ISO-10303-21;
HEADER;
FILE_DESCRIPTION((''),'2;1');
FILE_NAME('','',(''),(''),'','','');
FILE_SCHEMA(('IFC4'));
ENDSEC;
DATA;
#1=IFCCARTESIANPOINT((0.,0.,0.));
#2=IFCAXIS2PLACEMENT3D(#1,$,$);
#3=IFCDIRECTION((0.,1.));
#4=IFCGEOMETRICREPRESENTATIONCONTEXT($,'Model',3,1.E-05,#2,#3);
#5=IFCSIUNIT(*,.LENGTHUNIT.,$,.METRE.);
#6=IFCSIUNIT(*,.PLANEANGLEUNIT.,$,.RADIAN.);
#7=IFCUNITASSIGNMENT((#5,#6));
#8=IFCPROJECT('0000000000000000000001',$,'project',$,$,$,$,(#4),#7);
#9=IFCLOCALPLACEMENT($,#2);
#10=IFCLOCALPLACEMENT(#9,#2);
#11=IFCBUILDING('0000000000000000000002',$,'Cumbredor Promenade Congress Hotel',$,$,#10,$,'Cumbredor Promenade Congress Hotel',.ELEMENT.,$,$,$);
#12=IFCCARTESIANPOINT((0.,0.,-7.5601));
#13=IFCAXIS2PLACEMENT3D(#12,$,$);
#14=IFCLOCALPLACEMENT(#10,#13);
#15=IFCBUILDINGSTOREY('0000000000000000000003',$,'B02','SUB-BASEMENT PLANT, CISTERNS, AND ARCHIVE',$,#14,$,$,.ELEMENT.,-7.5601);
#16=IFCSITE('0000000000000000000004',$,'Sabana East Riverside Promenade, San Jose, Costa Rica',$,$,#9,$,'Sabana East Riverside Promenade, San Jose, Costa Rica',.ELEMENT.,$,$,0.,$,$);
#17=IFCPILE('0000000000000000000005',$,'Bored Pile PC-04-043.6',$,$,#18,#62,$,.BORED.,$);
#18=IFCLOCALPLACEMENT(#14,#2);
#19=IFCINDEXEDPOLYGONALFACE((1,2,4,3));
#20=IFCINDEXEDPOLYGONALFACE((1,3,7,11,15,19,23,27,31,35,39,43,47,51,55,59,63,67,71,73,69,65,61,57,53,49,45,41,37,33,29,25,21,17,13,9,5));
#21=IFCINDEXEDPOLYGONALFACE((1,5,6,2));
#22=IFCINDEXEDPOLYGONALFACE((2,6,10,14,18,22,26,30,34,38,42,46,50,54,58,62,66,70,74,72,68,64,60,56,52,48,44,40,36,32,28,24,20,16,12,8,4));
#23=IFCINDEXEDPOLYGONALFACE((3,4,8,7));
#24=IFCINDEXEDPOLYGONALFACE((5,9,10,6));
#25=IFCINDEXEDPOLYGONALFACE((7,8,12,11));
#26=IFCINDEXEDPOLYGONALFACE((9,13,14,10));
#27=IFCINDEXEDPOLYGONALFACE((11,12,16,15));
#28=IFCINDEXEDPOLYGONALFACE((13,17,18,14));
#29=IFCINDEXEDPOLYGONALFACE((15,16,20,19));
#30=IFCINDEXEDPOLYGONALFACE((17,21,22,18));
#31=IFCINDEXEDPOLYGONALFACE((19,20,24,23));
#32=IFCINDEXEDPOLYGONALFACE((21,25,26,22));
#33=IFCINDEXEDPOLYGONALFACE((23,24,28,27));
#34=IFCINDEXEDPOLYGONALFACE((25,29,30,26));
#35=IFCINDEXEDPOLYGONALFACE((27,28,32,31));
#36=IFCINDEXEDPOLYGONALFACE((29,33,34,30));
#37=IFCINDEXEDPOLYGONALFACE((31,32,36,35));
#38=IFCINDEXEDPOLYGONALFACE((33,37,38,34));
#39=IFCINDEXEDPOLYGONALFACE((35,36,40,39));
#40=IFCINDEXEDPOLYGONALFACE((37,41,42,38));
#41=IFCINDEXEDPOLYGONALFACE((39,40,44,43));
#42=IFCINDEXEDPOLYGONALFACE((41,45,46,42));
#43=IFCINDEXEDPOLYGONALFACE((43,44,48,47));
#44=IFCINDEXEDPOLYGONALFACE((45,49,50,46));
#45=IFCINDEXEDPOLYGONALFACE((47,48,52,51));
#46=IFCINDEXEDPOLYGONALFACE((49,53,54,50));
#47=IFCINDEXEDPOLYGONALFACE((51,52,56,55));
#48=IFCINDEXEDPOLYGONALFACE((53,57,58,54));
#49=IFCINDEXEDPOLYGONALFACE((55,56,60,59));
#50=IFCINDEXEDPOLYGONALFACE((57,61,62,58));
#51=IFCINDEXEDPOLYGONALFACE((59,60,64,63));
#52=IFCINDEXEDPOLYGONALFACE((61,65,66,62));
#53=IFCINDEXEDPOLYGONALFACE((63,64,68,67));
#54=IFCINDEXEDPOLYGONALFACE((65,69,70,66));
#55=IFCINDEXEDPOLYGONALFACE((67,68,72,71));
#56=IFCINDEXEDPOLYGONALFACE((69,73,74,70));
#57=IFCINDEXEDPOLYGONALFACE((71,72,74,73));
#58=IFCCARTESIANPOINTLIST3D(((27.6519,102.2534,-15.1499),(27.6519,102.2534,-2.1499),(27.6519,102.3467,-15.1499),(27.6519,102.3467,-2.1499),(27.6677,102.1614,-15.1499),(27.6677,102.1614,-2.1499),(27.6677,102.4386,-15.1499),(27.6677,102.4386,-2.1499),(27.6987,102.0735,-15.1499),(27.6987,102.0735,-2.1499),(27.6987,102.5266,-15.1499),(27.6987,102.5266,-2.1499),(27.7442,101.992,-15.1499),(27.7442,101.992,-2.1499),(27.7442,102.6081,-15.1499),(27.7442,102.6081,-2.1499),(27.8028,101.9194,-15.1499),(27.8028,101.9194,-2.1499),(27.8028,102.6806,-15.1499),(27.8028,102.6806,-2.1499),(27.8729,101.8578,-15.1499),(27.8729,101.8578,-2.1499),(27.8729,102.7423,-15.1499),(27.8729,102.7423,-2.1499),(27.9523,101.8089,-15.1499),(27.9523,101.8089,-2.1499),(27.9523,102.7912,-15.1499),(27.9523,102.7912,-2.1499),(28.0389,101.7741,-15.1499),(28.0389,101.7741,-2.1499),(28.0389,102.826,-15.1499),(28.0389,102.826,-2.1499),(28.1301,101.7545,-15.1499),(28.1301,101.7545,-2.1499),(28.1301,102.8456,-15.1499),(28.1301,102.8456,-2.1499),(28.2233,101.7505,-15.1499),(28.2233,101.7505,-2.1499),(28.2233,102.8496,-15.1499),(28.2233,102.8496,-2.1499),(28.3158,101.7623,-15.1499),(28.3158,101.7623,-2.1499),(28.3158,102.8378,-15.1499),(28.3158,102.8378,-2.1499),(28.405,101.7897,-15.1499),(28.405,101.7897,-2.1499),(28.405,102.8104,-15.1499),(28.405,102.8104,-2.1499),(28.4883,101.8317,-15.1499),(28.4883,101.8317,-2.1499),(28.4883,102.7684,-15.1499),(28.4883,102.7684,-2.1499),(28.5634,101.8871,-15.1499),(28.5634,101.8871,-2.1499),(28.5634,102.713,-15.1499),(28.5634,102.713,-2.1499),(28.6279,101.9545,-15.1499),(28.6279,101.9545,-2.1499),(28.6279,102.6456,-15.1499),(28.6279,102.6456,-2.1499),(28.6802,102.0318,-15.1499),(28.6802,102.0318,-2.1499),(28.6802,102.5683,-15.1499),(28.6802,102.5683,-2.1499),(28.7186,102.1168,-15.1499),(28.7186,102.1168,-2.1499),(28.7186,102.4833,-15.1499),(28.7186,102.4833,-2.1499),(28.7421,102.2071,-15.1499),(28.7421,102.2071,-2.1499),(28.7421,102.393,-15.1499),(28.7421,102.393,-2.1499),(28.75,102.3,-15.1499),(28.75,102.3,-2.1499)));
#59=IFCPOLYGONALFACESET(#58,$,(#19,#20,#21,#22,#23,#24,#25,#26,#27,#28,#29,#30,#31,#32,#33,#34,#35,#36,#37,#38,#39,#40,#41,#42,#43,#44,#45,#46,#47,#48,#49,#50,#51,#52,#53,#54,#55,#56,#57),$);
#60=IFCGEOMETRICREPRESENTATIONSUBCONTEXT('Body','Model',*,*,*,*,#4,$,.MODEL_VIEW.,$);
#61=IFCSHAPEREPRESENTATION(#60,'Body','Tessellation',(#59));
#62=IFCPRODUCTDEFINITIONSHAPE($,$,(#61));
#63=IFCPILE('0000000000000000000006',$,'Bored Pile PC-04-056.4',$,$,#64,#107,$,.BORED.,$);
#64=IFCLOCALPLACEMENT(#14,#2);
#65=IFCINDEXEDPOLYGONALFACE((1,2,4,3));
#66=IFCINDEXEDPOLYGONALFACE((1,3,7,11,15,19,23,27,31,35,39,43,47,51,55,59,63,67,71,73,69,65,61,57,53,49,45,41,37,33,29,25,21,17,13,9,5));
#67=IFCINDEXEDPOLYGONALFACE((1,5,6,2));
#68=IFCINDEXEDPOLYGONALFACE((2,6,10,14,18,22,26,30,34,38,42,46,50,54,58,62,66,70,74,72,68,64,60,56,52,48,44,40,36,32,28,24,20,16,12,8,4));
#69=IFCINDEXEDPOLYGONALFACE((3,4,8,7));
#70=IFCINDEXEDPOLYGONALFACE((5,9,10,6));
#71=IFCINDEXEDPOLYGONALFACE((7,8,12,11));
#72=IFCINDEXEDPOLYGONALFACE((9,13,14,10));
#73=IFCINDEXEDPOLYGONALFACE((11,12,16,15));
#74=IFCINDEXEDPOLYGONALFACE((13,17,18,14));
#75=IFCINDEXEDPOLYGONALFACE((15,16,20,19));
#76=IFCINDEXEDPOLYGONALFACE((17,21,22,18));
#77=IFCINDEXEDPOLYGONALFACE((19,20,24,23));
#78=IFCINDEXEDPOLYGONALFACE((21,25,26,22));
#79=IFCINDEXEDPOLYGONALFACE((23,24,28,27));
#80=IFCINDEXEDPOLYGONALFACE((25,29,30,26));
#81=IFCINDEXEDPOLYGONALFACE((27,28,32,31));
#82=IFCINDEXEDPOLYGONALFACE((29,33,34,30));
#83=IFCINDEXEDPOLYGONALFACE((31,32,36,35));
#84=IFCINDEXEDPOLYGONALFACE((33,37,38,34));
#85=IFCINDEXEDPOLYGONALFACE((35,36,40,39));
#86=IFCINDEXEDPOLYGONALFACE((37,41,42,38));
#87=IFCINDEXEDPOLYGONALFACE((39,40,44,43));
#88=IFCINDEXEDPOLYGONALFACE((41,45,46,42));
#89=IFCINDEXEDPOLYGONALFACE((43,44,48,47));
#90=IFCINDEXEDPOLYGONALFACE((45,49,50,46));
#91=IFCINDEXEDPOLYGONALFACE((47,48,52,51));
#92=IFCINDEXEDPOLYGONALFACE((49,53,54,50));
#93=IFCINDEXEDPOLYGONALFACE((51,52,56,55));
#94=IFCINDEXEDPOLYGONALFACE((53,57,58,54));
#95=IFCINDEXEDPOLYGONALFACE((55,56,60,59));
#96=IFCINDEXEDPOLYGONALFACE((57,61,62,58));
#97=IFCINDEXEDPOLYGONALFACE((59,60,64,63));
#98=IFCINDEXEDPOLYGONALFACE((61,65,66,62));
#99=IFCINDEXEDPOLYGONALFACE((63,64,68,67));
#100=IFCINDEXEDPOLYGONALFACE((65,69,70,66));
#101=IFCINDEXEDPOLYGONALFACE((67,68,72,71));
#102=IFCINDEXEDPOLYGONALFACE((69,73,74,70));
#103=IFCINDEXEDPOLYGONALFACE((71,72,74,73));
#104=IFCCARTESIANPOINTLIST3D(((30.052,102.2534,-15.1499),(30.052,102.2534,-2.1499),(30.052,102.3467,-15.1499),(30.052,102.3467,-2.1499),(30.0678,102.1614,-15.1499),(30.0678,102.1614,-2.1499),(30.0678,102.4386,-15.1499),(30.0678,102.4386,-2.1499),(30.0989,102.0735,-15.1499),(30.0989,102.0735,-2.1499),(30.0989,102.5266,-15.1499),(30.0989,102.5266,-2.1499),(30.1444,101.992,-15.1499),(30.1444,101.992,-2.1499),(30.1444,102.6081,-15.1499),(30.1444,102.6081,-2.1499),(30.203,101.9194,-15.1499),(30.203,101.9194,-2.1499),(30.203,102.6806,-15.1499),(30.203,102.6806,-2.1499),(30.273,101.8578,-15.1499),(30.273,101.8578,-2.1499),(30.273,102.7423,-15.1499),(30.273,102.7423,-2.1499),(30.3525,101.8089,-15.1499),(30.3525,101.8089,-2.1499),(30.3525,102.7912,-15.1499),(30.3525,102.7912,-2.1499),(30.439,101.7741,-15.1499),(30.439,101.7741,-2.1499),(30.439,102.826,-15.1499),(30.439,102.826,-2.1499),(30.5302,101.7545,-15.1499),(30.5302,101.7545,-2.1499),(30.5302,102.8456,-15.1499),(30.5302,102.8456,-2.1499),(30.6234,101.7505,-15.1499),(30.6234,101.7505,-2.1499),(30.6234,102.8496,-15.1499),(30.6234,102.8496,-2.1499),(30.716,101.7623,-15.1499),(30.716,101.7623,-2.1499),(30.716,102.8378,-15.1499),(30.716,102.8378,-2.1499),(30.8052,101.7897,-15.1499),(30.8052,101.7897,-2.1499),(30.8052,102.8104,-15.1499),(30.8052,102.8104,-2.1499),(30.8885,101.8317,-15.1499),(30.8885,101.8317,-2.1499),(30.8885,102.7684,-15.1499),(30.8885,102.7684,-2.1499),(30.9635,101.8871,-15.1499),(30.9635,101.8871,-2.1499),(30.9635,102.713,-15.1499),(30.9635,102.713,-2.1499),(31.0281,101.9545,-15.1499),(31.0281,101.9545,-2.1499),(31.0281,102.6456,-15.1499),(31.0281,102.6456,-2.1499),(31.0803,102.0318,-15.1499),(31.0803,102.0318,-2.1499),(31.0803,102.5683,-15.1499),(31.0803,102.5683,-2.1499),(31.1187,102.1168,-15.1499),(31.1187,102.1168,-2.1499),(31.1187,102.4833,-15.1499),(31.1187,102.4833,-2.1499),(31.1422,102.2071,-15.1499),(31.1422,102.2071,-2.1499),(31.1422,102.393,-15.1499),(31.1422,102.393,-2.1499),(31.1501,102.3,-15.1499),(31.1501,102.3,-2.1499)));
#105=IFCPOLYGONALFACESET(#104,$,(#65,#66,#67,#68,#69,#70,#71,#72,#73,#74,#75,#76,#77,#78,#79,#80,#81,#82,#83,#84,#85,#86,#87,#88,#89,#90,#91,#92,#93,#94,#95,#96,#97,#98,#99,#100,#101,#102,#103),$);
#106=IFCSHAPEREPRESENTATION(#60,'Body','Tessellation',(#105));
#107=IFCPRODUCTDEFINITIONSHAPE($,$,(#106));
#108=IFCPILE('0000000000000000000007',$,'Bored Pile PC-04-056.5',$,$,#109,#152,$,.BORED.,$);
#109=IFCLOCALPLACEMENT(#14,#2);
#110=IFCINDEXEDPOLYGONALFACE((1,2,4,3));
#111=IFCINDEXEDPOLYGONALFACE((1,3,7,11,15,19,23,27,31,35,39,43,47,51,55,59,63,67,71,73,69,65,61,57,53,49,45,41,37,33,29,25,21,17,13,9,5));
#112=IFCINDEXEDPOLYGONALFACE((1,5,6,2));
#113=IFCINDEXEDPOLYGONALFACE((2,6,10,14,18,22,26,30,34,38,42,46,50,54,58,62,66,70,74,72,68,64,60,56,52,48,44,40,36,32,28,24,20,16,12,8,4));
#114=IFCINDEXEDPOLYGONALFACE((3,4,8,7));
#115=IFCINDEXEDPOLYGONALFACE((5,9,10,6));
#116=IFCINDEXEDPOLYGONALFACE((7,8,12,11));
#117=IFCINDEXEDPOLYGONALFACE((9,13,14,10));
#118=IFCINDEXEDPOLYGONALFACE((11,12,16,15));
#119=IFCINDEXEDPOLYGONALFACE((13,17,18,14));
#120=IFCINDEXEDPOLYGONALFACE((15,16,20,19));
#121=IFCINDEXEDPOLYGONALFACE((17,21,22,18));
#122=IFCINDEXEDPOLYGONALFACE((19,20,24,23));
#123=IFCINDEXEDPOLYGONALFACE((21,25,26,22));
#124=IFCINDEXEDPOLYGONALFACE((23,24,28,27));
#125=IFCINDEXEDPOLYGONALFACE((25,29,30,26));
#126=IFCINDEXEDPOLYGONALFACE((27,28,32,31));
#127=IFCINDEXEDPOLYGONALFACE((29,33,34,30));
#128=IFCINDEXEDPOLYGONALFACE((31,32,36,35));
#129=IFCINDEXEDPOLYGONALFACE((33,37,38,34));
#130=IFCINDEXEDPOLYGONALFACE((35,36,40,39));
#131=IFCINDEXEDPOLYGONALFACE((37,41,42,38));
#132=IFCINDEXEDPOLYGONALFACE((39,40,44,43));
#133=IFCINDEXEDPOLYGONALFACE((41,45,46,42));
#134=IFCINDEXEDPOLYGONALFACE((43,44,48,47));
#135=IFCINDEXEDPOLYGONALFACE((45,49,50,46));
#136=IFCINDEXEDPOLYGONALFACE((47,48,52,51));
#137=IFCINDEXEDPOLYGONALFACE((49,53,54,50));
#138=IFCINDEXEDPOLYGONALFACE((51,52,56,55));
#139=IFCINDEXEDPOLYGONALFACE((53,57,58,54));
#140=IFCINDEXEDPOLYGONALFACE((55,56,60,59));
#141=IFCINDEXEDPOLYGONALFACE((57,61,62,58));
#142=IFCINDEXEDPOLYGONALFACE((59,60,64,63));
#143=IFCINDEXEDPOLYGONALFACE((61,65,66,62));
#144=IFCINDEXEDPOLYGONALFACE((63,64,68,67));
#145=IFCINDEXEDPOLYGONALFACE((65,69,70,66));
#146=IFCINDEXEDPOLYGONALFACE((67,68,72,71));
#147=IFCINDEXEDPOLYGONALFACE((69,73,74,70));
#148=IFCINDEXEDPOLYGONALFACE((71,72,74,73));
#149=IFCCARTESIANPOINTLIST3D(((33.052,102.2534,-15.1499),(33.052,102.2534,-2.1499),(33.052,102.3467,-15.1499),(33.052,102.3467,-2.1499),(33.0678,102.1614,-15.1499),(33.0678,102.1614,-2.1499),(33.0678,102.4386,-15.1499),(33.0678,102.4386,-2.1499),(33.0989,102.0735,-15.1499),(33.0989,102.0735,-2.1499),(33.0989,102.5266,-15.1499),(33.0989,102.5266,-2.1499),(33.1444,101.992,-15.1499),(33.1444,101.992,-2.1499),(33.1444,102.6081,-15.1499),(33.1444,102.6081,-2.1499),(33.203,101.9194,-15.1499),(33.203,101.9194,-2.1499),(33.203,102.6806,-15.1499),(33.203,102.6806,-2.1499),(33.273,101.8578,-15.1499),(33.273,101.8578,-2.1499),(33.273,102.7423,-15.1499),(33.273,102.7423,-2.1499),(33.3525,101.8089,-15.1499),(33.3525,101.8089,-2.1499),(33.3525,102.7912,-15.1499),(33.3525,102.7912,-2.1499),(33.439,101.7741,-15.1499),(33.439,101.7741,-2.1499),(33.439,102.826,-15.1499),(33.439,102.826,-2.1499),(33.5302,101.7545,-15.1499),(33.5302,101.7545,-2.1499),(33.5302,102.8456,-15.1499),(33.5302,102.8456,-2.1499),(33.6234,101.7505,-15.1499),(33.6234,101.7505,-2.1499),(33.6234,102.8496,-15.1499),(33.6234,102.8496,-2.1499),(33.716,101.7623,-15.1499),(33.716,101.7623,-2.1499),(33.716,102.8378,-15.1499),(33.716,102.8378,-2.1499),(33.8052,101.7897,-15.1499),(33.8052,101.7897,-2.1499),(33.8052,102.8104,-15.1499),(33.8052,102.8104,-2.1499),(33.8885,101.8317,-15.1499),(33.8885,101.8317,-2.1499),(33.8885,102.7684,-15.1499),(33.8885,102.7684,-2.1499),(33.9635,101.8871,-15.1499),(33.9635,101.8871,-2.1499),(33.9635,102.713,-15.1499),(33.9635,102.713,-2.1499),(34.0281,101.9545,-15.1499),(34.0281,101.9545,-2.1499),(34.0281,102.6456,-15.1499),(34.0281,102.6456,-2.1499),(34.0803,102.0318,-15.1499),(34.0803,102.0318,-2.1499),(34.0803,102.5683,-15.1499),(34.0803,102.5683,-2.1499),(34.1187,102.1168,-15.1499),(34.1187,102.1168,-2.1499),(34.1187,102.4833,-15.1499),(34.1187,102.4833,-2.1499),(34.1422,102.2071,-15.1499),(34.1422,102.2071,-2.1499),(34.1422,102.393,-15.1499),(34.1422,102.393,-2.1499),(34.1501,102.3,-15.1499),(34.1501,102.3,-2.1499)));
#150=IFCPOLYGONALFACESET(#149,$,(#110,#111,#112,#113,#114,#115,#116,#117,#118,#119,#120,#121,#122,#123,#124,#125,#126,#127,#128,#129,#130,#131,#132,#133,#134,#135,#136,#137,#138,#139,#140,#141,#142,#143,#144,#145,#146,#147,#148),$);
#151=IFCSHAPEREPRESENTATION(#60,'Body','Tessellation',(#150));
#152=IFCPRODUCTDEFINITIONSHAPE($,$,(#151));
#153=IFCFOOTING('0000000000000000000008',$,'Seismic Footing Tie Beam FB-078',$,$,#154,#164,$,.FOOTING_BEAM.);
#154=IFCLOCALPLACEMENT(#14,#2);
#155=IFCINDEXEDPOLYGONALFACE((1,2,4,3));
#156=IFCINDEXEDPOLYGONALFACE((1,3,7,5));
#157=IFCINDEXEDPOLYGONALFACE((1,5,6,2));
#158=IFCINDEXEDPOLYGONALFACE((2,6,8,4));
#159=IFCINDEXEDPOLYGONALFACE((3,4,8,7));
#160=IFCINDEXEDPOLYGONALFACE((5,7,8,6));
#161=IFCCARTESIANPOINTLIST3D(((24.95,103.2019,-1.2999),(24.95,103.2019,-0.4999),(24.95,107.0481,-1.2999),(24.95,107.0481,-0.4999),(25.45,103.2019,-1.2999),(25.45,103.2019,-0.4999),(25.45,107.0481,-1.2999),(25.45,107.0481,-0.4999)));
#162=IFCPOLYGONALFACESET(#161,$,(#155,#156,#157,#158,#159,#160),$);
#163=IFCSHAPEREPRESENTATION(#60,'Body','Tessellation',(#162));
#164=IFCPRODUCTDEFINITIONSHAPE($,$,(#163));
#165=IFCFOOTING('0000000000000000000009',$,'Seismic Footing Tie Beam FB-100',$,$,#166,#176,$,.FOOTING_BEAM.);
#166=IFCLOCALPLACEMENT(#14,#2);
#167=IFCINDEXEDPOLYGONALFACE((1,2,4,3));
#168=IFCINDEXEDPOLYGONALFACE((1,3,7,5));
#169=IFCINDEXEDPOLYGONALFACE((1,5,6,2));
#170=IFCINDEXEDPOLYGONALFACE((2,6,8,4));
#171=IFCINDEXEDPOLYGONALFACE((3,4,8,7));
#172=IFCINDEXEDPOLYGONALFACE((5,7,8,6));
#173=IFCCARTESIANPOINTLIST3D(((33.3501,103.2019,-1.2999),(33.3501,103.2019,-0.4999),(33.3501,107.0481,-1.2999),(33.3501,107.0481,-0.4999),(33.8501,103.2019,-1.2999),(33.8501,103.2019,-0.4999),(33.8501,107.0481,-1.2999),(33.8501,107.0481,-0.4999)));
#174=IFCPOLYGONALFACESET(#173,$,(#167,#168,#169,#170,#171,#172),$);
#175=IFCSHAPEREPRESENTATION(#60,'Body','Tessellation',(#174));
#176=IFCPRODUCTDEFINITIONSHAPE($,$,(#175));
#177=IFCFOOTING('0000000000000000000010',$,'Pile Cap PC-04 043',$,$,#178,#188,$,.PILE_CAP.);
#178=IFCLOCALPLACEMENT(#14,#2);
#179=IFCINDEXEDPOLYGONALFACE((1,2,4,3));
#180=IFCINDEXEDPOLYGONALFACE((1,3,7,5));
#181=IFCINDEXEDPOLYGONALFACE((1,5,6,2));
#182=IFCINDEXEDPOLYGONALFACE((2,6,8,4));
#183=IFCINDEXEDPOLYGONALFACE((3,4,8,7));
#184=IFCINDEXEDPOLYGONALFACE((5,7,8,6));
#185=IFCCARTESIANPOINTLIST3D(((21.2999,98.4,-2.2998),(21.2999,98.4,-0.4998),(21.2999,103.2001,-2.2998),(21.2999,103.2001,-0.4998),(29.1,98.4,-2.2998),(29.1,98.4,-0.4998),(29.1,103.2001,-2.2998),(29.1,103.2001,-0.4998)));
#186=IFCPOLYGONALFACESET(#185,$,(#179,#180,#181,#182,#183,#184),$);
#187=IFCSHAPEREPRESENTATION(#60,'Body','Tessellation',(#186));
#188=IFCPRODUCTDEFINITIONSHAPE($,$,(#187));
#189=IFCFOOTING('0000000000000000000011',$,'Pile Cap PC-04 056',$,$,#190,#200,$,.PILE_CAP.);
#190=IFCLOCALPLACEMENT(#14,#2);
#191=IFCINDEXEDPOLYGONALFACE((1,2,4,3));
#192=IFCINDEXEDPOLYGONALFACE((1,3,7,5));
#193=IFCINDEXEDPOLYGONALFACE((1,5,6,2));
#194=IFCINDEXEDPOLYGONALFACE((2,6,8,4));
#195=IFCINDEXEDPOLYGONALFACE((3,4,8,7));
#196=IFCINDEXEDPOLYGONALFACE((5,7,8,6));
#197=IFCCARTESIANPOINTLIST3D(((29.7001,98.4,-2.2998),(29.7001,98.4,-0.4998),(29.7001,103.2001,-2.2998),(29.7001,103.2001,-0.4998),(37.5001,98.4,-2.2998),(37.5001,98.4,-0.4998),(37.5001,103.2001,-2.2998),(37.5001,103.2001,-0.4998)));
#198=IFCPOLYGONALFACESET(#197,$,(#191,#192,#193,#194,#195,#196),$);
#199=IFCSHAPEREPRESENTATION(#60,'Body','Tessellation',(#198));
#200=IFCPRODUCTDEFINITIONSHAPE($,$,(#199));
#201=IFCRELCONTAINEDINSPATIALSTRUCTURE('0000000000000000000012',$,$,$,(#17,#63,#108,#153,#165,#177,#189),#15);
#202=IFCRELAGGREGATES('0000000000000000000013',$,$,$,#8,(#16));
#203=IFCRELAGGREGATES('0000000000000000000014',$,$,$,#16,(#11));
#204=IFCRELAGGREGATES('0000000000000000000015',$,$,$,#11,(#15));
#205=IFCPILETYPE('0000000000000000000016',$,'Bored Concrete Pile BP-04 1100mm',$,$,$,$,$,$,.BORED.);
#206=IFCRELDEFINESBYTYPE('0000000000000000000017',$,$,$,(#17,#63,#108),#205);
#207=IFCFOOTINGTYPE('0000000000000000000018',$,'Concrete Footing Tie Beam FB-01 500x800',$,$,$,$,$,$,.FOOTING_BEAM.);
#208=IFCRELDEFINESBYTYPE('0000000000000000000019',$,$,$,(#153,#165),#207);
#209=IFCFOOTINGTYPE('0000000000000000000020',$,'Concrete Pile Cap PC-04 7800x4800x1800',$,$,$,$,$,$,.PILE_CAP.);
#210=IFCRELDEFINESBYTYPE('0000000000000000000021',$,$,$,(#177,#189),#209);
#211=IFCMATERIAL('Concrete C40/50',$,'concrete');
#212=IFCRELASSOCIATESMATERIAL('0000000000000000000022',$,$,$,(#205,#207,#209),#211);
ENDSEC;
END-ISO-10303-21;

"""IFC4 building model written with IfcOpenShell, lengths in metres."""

from ifc_helpers import new_model, si_unit, direction, frame, origin, origin_2d, place, context, subcontext, project, spatial, rectangle, circle, extrude, material, material_profile, profile_set, type_object, element, save


model = new_model("IFC4")

# Units and contexts
model_context = context("Model", 3, precision=1e-05, world=origin(), true_north=direction((0.0, 1.0)))
body_context = subcontext(model_context, "Body", "Model", "MODEL_VIEW")
ifc_project = project(units=[si_unit("LENGTHUNIT", "METRE"), si_unit("PLANEANGLEUNIT", "RADIAN")], contexts=[model_context])

# Site, building, storey
site_placement = place(None, origin())
site = spatial("IfcSite", under=ifc_project, at=site_placement, Name="Sabana East Riverside Promenade, San Jose, Costa Rica", LongName="Sabana East Riverside Promenade, San Jose, Costa Rica", CompositionType="ELEMENT", RefElevation=0.0)
building_placement = place(site_placement, origin())
building = spatial("IfcBuilding", under=site, at=building_placement, Name="Cumbredor Promenade Congress Hotel", LongName="Cumbredor Promenade Congress Hotel", CompositionType="ELEMENT")
storey_placement = place(building_placement, frame((0.0, 0.0, -7.5601)))
storey = spatial("IfcBuildingStorey", under=building, at=storey_placement, Name="B02", Description="SUB-BASEMENT PLANT, CISTERNS, AND ARCHIVE", CompositionType="ELEMENT", Elevation=-7.5601)

# Piles
ifc_material_1 = material(Name="Concrete C40/50", Category="concrete")
ifc_material_profile_1 = material_profile(ifc_material_1, circle(Radius=0.55, at=origin_2d()), Name="PILE D1100")
ifc_profile_set_1 = profile_set([ifc_material_profile_1], Name="Concrete C40/50")
pile_type_1 = type_object("IfcPileType", Name="Bored Concrete Pile BP-04 1100mm", PredefinedType="BORED", material=ifc_profile_set_1)
for number, where, z_axis, x_axis, name in (
    (1, (28.2, 102.3, -2.1499), (0.0, 0.0, -1.0), (1.0, 0.0, 0.0), "Bored Pile PC-04-043.6"),
    (2, (30.6001, 102.3, -2.1499), (0.0, 0.0, -1.0), (1.0, 0.0, 0.0), "Bored Pile PC-04-056.4"),
    (3, (33.6001, 102.3, -2.1499), (0.0, 0.0, -1.0), (1.0, 0.0, 0.0), "Bored Pile PC-04-056.5"),
):
    element("IfcPile", number, at=place(storey_placement, frame(where, z_axis=z_axis, x_axis=x_axis)), inside=storey, type_object=pile_type_1, Name=name, PredefinedType="BORED", context=body_context, shape_type="SweptSolid", body=[
        extrude(circle(Radius=0.55, at=origin_2d()), origin(), (0.0, 0.0, 1.0), 13.0),
    ])

# Footings
ifc_material_profile_2 = material_profile(ifc_material_1, rectangle(XDim=0.5, YDim=0.8, at=origin_2d()), Name="FB 500x800")
ifc_profile_set_2 = profile_set([ifc_material_profile_2], Name="Concrete C40/50")
footing_type_1 = type_object("IfcFootingType", Name="Concrete Footing Tie Beam FB-01 500x800", PredefinedType="FOOTING_BEAM", material=ifc_profile_set_2)
for number, where, z_axis, x_axis, name in (
    (4, (25.2, 103.2019, -0.8999), (0.0, 1.0, 0.0), (-1.0, 0.0, 0.0), "Seismic Footing Tie Beam FB-078"),
    (5, (33.6001, 103.2019, -0.8999), (0.0, 1.0, 0.0), (-1.0, 0.0, 0.0), "Seismic Footing Tie Beam FB-100"),
):
    element("IfcFooting", number, at=place(storey_placement, frame(where, z_axis=z_axis, x_axis=x_axis)), inside=storey, type_object=footing_type_1, Name=name, PredefinedType="FOOTING_BEAM", context=body_context, shape_type="SweptSolid", body=[
        extrude(rectangle(XDim=0.5, YDim=0.8, at=origin_2d()), origin(), (0.0, 0.0, 1.0), 3.8462),
    ])
footing_type_2 = type_object("IfcFootingType", Name="Concrete Pile Cap PC-04 7800x4800x1800", PredefinedType="PILE_CAP", material=ifc_material_1)
for number, where, z_axis, x_axis, name in (
    (6, (25.2, 100.8, -2.2998), (0.0, 0.0, 1.0), (1.0, 0.0, 0.0), "Pile Cap PC-04 043"),
    (7, (33.6001, 100.8, -2.2998), (0.0, 0.0, 1.0), (1.0, 0.0, 0.0), "Pile Cap PC-04 056"),
):
    element("IfcFooting", number, at=place(storey_placement, frame(where, z_axis=z_axis, x_axis=x_axis)), inside=storey, type_object=footing_type_2, Name=name, PredefinedType="PILE_CAP", context=body_context, shape_type="SweptSolid", body=[
        extrude(rectangle(XDim=7.8, YDim=4.8, at=origin_2d()), origin(), (0.0, 0.0, 1.0), 1.8),
    ])

save(model, "model.ifc")
